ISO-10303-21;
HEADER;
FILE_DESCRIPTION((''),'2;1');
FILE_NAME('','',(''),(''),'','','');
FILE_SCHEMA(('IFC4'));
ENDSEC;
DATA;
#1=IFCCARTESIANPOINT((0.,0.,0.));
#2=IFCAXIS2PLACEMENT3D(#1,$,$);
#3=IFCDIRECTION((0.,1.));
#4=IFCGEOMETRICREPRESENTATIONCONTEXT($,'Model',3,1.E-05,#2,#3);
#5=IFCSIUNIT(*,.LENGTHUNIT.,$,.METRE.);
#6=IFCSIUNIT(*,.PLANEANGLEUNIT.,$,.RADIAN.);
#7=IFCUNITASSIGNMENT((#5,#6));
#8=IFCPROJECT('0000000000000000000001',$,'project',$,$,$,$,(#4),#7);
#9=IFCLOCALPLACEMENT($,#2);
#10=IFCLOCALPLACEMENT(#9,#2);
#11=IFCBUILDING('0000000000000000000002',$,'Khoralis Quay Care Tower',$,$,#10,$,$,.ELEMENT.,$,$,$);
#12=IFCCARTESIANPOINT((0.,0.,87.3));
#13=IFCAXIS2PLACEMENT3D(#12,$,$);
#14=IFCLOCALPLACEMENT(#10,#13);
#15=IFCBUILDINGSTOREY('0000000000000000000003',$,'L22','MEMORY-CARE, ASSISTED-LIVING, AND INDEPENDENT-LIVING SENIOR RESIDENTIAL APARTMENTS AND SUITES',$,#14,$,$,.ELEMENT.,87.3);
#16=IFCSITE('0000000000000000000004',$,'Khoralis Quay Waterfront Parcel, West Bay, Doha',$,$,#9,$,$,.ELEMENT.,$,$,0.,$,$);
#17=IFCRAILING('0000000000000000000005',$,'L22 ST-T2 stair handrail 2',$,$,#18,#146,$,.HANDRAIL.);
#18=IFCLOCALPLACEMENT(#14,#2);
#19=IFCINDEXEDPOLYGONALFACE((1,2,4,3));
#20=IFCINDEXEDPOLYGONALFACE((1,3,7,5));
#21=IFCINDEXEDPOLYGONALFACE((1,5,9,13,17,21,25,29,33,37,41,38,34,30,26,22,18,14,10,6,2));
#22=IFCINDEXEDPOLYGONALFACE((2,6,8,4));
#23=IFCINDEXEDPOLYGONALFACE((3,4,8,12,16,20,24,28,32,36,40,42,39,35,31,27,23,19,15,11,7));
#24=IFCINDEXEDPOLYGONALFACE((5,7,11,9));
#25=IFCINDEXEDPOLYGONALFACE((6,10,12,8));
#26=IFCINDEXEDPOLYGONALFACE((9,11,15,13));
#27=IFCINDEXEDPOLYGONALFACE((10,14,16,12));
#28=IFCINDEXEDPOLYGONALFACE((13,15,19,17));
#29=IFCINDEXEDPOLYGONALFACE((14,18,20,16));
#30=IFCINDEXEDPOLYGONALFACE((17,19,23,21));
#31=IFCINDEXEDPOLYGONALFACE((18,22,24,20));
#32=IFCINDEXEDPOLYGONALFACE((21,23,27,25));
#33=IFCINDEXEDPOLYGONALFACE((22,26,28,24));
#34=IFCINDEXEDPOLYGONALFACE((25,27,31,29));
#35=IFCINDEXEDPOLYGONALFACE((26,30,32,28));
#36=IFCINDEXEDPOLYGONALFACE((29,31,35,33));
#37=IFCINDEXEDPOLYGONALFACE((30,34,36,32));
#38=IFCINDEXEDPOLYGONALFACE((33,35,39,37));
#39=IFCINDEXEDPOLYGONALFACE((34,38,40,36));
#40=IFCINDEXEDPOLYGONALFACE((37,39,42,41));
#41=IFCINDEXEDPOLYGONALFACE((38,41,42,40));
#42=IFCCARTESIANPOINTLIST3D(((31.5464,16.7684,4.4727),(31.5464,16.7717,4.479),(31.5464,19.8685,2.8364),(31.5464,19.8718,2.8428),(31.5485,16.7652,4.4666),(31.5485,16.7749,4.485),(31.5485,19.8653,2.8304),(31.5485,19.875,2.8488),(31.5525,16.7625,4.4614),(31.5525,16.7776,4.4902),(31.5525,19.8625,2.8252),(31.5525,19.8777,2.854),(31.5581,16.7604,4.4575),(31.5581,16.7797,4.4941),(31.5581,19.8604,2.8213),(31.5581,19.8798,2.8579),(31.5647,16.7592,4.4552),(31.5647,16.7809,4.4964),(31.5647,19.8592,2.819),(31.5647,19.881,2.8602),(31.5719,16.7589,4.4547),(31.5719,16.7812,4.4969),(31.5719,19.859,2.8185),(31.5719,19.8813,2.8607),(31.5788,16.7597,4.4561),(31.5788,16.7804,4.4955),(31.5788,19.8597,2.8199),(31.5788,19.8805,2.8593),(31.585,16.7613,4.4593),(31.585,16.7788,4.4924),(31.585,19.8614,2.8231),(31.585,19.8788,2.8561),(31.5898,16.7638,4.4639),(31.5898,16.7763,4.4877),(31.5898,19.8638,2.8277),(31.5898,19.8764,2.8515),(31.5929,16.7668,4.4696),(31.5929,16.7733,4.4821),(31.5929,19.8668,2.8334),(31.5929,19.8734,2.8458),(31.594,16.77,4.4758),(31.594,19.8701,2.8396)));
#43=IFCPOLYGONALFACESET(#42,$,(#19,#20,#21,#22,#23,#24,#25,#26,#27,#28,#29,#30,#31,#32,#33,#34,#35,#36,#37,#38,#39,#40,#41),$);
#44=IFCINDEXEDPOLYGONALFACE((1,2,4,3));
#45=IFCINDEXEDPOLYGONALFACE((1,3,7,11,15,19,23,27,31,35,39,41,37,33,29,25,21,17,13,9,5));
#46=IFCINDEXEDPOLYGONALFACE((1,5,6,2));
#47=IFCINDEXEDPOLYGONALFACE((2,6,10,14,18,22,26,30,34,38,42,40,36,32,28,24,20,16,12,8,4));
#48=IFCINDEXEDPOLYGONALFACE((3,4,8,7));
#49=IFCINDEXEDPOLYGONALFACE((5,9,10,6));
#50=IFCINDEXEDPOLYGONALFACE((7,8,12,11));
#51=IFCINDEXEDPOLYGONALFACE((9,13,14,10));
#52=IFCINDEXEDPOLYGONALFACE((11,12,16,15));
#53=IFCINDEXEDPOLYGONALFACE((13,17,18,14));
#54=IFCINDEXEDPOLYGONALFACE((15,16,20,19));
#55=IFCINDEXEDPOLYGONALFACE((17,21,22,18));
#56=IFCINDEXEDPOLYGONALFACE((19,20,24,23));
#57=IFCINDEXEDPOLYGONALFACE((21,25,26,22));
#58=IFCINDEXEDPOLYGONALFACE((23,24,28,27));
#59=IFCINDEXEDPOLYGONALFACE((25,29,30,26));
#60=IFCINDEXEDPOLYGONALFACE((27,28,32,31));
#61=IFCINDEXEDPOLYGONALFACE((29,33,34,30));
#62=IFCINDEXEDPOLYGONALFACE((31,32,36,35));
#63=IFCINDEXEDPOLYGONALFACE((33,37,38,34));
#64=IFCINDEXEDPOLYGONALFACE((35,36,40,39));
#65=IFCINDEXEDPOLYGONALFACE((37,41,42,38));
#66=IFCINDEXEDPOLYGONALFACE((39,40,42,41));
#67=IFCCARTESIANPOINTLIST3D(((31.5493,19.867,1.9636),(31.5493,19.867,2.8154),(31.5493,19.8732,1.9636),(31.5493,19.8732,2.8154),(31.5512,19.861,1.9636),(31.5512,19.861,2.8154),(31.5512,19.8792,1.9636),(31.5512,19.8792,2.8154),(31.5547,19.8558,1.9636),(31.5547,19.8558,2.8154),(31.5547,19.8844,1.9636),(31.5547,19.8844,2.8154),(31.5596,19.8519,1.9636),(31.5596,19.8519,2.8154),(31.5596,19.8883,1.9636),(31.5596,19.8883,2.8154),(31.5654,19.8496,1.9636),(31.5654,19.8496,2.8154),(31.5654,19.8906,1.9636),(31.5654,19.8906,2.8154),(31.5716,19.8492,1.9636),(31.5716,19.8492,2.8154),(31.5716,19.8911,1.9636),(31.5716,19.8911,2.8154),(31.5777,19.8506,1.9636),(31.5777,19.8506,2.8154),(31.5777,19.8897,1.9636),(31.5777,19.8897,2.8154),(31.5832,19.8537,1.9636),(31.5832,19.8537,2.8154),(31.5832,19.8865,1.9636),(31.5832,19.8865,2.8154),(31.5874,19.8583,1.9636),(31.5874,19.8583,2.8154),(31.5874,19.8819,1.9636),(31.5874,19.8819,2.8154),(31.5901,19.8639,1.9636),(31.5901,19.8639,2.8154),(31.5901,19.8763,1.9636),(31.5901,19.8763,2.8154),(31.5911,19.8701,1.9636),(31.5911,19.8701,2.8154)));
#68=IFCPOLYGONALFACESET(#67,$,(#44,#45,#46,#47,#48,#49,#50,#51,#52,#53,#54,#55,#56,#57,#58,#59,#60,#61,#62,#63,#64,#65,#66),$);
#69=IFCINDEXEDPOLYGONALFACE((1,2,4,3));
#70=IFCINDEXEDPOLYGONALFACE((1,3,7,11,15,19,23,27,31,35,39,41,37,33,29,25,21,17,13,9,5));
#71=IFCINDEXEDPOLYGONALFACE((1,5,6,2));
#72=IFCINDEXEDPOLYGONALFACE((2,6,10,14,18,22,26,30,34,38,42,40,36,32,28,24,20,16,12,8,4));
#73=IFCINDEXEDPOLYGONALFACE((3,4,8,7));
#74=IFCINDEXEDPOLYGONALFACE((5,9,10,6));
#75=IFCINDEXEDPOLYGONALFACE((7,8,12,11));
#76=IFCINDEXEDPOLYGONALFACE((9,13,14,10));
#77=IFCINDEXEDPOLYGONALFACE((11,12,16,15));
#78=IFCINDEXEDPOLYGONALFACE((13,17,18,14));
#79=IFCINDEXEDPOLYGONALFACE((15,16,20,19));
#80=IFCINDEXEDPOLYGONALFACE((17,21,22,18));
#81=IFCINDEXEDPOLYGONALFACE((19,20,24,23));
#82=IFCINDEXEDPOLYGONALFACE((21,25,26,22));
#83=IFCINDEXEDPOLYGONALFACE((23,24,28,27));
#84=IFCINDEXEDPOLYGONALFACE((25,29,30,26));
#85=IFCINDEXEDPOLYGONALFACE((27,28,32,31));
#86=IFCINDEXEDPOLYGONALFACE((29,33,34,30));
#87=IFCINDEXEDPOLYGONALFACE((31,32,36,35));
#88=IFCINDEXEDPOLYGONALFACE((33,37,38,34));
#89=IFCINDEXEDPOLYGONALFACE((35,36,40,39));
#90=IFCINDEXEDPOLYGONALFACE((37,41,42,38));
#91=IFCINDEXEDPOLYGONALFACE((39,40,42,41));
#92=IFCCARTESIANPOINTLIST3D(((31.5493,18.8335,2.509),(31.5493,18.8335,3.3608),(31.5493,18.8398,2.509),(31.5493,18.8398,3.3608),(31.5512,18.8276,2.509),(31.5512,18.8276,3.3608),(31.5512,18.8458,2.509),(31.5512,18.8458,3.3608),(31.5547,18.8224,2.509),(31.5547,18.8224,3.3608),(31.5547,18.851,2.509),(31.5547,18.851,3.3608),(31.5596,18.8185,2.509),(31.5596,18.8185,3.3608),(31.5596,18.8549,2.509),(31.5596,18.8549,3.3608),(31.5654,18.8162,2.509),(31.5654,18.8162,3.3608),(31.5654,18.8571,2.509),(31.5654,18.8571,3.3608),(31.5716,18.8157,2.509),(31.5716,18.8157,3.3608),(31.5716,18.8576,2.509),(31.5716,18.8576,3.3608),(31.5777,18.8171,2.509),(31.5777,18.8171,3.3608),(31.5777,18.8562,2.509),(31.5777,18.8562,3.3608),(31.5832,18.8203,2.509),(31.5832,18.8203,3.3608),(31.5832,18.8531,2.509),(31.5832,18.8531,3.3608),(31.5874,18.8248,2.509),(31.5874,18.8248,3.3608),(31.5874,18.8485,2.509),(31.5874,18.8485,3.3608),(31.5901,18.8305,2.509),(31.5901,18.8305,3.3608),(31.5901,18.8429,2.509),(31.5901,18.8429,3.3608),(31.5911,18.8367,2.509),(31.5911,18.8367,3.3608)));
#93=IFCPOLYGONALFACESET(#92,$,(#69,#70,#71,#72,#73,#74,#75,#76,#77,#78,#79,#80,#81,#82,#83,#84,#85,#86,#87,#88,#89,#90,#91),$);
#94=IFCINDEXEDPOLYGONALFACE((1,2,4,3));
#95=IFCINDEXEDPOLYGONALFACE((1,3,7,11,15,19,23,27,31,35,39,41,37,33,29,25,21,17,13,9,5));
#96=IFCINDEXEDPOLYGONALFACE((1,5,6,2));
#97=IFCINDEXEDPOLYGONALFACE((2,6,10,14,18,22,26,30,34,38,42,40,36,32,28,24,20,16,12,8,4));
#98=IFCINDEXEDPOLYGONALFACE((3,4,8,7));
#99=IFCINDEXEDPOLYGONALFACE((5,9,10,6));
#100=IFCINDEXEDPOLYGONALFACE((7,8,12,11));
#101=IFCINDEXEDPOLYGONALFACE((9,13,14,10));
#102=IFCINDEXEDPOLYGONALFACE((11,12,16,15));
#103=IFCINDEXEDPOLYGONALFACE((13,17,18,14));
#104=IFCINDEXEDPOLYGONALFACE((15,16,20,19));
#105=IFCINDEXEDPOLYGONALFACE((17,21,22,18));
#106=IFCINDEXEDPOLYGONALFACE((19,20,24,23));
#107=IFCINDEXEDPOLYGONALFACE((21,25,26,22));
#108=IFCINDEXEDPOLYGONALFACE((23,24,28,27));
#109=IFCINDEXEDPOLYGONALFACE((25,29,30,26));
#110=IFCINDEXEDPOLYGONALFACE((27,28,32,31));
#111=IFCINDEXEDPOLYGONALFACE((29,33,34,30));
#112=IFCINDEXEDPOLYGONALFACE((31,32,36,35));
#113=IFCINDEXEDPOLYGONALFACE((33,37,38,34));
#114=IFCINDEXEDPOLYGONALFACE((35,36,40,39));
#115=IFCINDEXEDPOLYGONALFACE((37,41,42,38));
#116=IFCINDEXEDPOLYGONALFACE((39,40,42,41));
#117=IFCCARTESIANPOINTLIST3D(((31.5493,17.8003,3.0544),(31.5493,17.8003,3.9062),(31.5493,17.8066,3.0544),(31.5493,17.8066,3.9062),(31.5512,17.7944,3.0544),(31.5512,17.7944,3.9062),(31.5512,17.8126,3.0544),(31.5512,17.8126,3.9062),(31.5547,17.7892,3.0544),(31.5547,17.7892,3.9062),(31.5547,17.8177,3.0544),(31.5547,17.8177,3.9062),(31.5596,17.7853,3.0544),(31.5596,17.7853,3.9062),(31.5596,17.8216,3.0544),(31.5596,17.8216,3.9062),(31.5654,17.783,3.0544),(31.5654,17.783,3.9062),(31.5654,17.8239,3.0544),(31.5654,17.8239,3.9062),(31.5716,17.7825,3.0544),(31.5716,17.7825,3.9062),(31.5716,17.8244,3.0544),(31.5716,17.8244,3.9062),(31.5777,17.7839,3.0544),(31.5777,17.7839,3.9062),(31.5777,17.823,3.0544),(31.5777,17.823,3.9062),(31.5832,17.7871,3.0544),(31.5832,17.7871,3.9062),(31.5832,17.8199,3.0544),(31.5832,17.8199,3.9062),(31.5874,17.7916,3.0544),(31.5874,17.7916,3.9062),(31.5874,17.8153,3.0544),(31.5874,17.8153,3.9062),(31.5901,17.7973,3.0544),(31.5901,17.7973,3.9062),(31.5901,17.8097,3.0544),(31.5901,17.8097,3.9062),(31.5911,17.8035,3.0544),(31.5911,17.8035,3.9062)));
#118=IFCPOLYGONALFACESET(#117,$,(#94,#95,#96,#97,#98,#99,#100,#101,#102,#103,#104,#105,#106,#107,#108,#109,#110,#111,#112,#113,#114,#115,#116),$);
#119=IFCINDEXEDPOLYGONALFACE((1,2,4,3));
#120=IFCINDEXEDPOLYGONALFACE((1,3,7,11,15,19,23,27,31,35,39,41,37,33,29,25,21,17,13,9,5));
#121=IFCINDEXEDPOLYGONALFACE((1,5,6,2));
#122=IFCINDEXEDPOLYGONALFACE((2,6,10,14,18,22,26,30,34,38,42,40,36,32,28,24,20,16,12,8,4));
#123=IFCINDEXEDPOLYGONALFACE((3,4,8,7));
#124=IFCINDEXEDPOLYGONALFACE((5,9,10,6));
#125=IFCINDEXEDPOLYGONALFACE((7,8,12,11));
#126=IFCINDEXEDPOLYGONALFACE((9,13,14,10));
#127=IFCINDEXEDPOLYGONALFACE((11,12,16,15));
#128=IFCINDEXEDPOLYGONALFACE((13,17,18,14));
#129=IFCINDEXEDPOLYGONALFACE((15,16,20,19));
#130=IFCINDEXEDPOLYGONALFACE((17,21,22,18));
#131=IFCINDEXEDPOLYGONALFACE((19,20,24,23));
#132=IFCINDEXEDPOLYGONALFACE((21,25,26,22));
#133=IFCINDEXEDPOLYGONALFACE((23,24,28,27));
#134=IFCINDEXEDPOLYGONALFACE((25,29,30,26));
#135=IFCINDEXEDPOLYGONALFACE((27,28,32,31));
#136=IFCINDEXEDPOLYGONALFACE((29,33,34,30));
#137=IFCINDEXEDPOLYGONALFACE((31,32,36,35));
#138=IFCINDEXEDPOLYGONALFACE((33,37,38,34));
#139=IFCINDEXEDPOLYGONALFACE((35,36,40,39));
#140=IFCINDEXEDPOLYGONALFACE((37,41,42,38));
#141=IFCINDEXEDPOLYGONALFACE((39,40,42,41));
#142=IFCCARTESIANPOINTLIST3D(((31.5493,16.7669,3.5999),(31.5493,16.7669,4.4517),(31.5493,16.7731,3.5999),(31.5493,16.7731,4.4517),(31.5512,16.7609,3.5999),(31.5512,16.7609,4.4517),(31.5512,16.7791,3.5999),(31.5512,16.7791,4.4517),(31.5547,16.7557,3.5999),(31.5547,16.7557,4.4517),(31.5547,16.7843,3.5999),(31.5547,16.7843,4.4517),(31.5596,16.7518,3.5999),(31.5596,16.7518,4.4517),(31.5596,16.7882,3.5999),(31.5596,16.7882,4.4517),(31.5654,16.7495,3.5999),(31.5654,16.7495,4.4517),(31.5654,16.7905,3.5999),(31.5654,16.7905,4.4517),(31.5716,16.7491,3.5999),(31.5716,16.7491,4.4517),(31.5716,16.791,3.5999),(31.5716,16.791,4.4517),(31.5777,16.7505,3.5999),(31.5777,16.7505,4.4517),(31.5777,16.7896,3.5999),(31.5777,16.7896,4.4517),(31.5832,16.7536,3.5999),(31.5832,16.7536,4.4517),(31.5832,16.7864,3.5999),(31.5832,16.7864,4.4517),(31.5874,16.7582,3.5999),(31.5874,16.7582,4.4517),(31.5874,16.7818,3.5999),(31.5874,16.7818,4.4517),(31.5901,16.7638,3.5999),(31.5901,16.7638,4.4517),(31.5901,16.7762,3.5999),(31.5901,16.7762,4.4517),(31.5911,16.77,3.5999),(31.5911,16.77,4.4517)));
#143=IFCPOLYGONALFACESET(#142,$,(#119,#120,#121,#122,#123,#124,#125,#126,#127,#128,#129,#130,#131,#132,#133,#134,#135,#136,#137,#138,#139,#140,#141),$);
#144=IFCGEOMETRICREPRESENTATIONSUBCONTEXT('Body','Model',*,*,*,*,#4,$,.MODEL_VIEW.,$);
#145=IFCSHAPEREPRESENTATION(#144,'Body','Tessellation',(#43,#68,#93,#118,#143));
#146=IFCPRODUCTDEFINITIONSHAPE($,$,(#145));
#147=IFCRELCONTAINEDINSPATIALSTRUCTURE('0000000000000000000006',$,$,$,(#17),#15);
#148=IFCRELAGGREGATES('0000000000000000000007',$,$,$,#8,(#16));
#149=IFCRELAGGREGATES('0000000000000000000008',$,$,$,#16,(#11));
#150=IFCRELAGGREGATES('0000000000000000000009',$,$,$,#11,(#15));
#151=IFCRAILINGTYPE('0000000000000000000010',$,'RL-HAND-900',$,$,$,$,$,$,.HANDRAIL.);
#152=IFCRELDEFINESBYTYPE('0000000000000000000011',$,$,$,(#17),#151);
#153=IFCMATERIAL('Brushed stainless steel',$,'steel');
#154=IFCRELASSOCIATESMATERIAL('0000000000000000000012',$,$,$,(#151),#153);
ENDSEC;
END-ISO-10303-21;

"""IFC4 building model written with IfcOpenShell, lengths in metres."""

from ifc_helpers import new_model, si_unit, direction, frame, origin, origin_2d, place, context, subcontext, project, spatial, circle, extrude, material, type_object, element, save


model = new_model("IFC4")

# Units and contexts
model_context = context("Model", 3, precision=1e-05, world=origin(), true_north=direction((0.0, 1.0)))
body_context = subcontext(model_context, "Body", "Model", "MODEL_VIEW")
ifc_project = project(units=[si_unit("LENGTHUNIT", "METRE"), si_unit("PLANEANGLEUNIT", "RADIAN")], contexts=[model_context])

# Site, building, storey
site_placement = place(None, origin())
site = spatial("IfcSite", under=ifc_project, at=site_placement, Name="Khoralis Quay Waterfront Parcel, West Bay, Doha", CompositionType="ELEMENT", RefElevation=0.0)
building_placement = place(site_placement, origin())
building = spatial("IfcBuilding", under=site, at=building_placement, Name="Khoralis Quay Care Tower", CompositionType="ELEMENT")
storey_placement = place(building_placement, frame((0.0, 0.0, 87.3)))
storey = spatial("IfcBuildingStorey", under=building, at=storey_placement, Name="L22", Description="MEMORY-CARE, ASSISTED-LIVING, AND INDEPENDENT-LIVING SENIOR RESIDENTIAL APARTMENTS AND SUITES", CompositionType="ELEMENT", Elevation=87.3)

# Shared definitions
ifc_material_1 = material(Name="Brushed stainless steel", Category="steel")

# Railing
railing_type_1 = type_object("IfcRailingType", Name="RL-HAND-900", PredefinedType="HANDRAIL", material=ifc_material_1)
railing_1_placement = place(storey_placement, frame((31.5701, 19.8701, 1.9636)))
element("IfcRailing", 1, at=railing_1_placement, inside=storey, type_object=railing_type_1, Name="L22 ST-T2 stair handrail 2", PredefinedType="HANDRAIL", context=body_context, shape_type="SweptSolid", body=[
    extrude(circle(Radius=0.0239, at=origin_2d()), frame((0.0, 0.0, 0.876), z_axis=(0.0, -0.884377, 0.466774), x_axis=(1.0, 0.0, 0.0)), (0.0, 0.0, 1.0), 3.5054),
    extrude(circle(Radius=0.021, at=origin_2d()), origin(), (0.0, 0.0, 1.0), 0.8518),
    extrude(circle(Radius=0.021, at=origin_2d()), frame((0.0, -1.0334, 0.5454)), (0.0, 0.0, 1.0), 0.8518),
    extrude(circle(Radius=0.021, at=origin_2d()), frame((0.0, -2.0667, 1.0908)), (0.0, 0.0, 1.0), 0.8518),
    extrude(circle(Radius=0.021, at=origin_2d()), frame((0.0, -3.1001, 1.6362)), (0.0, 0.0, 1.0), 0.8518),
])

save(model, "model.ifc")
